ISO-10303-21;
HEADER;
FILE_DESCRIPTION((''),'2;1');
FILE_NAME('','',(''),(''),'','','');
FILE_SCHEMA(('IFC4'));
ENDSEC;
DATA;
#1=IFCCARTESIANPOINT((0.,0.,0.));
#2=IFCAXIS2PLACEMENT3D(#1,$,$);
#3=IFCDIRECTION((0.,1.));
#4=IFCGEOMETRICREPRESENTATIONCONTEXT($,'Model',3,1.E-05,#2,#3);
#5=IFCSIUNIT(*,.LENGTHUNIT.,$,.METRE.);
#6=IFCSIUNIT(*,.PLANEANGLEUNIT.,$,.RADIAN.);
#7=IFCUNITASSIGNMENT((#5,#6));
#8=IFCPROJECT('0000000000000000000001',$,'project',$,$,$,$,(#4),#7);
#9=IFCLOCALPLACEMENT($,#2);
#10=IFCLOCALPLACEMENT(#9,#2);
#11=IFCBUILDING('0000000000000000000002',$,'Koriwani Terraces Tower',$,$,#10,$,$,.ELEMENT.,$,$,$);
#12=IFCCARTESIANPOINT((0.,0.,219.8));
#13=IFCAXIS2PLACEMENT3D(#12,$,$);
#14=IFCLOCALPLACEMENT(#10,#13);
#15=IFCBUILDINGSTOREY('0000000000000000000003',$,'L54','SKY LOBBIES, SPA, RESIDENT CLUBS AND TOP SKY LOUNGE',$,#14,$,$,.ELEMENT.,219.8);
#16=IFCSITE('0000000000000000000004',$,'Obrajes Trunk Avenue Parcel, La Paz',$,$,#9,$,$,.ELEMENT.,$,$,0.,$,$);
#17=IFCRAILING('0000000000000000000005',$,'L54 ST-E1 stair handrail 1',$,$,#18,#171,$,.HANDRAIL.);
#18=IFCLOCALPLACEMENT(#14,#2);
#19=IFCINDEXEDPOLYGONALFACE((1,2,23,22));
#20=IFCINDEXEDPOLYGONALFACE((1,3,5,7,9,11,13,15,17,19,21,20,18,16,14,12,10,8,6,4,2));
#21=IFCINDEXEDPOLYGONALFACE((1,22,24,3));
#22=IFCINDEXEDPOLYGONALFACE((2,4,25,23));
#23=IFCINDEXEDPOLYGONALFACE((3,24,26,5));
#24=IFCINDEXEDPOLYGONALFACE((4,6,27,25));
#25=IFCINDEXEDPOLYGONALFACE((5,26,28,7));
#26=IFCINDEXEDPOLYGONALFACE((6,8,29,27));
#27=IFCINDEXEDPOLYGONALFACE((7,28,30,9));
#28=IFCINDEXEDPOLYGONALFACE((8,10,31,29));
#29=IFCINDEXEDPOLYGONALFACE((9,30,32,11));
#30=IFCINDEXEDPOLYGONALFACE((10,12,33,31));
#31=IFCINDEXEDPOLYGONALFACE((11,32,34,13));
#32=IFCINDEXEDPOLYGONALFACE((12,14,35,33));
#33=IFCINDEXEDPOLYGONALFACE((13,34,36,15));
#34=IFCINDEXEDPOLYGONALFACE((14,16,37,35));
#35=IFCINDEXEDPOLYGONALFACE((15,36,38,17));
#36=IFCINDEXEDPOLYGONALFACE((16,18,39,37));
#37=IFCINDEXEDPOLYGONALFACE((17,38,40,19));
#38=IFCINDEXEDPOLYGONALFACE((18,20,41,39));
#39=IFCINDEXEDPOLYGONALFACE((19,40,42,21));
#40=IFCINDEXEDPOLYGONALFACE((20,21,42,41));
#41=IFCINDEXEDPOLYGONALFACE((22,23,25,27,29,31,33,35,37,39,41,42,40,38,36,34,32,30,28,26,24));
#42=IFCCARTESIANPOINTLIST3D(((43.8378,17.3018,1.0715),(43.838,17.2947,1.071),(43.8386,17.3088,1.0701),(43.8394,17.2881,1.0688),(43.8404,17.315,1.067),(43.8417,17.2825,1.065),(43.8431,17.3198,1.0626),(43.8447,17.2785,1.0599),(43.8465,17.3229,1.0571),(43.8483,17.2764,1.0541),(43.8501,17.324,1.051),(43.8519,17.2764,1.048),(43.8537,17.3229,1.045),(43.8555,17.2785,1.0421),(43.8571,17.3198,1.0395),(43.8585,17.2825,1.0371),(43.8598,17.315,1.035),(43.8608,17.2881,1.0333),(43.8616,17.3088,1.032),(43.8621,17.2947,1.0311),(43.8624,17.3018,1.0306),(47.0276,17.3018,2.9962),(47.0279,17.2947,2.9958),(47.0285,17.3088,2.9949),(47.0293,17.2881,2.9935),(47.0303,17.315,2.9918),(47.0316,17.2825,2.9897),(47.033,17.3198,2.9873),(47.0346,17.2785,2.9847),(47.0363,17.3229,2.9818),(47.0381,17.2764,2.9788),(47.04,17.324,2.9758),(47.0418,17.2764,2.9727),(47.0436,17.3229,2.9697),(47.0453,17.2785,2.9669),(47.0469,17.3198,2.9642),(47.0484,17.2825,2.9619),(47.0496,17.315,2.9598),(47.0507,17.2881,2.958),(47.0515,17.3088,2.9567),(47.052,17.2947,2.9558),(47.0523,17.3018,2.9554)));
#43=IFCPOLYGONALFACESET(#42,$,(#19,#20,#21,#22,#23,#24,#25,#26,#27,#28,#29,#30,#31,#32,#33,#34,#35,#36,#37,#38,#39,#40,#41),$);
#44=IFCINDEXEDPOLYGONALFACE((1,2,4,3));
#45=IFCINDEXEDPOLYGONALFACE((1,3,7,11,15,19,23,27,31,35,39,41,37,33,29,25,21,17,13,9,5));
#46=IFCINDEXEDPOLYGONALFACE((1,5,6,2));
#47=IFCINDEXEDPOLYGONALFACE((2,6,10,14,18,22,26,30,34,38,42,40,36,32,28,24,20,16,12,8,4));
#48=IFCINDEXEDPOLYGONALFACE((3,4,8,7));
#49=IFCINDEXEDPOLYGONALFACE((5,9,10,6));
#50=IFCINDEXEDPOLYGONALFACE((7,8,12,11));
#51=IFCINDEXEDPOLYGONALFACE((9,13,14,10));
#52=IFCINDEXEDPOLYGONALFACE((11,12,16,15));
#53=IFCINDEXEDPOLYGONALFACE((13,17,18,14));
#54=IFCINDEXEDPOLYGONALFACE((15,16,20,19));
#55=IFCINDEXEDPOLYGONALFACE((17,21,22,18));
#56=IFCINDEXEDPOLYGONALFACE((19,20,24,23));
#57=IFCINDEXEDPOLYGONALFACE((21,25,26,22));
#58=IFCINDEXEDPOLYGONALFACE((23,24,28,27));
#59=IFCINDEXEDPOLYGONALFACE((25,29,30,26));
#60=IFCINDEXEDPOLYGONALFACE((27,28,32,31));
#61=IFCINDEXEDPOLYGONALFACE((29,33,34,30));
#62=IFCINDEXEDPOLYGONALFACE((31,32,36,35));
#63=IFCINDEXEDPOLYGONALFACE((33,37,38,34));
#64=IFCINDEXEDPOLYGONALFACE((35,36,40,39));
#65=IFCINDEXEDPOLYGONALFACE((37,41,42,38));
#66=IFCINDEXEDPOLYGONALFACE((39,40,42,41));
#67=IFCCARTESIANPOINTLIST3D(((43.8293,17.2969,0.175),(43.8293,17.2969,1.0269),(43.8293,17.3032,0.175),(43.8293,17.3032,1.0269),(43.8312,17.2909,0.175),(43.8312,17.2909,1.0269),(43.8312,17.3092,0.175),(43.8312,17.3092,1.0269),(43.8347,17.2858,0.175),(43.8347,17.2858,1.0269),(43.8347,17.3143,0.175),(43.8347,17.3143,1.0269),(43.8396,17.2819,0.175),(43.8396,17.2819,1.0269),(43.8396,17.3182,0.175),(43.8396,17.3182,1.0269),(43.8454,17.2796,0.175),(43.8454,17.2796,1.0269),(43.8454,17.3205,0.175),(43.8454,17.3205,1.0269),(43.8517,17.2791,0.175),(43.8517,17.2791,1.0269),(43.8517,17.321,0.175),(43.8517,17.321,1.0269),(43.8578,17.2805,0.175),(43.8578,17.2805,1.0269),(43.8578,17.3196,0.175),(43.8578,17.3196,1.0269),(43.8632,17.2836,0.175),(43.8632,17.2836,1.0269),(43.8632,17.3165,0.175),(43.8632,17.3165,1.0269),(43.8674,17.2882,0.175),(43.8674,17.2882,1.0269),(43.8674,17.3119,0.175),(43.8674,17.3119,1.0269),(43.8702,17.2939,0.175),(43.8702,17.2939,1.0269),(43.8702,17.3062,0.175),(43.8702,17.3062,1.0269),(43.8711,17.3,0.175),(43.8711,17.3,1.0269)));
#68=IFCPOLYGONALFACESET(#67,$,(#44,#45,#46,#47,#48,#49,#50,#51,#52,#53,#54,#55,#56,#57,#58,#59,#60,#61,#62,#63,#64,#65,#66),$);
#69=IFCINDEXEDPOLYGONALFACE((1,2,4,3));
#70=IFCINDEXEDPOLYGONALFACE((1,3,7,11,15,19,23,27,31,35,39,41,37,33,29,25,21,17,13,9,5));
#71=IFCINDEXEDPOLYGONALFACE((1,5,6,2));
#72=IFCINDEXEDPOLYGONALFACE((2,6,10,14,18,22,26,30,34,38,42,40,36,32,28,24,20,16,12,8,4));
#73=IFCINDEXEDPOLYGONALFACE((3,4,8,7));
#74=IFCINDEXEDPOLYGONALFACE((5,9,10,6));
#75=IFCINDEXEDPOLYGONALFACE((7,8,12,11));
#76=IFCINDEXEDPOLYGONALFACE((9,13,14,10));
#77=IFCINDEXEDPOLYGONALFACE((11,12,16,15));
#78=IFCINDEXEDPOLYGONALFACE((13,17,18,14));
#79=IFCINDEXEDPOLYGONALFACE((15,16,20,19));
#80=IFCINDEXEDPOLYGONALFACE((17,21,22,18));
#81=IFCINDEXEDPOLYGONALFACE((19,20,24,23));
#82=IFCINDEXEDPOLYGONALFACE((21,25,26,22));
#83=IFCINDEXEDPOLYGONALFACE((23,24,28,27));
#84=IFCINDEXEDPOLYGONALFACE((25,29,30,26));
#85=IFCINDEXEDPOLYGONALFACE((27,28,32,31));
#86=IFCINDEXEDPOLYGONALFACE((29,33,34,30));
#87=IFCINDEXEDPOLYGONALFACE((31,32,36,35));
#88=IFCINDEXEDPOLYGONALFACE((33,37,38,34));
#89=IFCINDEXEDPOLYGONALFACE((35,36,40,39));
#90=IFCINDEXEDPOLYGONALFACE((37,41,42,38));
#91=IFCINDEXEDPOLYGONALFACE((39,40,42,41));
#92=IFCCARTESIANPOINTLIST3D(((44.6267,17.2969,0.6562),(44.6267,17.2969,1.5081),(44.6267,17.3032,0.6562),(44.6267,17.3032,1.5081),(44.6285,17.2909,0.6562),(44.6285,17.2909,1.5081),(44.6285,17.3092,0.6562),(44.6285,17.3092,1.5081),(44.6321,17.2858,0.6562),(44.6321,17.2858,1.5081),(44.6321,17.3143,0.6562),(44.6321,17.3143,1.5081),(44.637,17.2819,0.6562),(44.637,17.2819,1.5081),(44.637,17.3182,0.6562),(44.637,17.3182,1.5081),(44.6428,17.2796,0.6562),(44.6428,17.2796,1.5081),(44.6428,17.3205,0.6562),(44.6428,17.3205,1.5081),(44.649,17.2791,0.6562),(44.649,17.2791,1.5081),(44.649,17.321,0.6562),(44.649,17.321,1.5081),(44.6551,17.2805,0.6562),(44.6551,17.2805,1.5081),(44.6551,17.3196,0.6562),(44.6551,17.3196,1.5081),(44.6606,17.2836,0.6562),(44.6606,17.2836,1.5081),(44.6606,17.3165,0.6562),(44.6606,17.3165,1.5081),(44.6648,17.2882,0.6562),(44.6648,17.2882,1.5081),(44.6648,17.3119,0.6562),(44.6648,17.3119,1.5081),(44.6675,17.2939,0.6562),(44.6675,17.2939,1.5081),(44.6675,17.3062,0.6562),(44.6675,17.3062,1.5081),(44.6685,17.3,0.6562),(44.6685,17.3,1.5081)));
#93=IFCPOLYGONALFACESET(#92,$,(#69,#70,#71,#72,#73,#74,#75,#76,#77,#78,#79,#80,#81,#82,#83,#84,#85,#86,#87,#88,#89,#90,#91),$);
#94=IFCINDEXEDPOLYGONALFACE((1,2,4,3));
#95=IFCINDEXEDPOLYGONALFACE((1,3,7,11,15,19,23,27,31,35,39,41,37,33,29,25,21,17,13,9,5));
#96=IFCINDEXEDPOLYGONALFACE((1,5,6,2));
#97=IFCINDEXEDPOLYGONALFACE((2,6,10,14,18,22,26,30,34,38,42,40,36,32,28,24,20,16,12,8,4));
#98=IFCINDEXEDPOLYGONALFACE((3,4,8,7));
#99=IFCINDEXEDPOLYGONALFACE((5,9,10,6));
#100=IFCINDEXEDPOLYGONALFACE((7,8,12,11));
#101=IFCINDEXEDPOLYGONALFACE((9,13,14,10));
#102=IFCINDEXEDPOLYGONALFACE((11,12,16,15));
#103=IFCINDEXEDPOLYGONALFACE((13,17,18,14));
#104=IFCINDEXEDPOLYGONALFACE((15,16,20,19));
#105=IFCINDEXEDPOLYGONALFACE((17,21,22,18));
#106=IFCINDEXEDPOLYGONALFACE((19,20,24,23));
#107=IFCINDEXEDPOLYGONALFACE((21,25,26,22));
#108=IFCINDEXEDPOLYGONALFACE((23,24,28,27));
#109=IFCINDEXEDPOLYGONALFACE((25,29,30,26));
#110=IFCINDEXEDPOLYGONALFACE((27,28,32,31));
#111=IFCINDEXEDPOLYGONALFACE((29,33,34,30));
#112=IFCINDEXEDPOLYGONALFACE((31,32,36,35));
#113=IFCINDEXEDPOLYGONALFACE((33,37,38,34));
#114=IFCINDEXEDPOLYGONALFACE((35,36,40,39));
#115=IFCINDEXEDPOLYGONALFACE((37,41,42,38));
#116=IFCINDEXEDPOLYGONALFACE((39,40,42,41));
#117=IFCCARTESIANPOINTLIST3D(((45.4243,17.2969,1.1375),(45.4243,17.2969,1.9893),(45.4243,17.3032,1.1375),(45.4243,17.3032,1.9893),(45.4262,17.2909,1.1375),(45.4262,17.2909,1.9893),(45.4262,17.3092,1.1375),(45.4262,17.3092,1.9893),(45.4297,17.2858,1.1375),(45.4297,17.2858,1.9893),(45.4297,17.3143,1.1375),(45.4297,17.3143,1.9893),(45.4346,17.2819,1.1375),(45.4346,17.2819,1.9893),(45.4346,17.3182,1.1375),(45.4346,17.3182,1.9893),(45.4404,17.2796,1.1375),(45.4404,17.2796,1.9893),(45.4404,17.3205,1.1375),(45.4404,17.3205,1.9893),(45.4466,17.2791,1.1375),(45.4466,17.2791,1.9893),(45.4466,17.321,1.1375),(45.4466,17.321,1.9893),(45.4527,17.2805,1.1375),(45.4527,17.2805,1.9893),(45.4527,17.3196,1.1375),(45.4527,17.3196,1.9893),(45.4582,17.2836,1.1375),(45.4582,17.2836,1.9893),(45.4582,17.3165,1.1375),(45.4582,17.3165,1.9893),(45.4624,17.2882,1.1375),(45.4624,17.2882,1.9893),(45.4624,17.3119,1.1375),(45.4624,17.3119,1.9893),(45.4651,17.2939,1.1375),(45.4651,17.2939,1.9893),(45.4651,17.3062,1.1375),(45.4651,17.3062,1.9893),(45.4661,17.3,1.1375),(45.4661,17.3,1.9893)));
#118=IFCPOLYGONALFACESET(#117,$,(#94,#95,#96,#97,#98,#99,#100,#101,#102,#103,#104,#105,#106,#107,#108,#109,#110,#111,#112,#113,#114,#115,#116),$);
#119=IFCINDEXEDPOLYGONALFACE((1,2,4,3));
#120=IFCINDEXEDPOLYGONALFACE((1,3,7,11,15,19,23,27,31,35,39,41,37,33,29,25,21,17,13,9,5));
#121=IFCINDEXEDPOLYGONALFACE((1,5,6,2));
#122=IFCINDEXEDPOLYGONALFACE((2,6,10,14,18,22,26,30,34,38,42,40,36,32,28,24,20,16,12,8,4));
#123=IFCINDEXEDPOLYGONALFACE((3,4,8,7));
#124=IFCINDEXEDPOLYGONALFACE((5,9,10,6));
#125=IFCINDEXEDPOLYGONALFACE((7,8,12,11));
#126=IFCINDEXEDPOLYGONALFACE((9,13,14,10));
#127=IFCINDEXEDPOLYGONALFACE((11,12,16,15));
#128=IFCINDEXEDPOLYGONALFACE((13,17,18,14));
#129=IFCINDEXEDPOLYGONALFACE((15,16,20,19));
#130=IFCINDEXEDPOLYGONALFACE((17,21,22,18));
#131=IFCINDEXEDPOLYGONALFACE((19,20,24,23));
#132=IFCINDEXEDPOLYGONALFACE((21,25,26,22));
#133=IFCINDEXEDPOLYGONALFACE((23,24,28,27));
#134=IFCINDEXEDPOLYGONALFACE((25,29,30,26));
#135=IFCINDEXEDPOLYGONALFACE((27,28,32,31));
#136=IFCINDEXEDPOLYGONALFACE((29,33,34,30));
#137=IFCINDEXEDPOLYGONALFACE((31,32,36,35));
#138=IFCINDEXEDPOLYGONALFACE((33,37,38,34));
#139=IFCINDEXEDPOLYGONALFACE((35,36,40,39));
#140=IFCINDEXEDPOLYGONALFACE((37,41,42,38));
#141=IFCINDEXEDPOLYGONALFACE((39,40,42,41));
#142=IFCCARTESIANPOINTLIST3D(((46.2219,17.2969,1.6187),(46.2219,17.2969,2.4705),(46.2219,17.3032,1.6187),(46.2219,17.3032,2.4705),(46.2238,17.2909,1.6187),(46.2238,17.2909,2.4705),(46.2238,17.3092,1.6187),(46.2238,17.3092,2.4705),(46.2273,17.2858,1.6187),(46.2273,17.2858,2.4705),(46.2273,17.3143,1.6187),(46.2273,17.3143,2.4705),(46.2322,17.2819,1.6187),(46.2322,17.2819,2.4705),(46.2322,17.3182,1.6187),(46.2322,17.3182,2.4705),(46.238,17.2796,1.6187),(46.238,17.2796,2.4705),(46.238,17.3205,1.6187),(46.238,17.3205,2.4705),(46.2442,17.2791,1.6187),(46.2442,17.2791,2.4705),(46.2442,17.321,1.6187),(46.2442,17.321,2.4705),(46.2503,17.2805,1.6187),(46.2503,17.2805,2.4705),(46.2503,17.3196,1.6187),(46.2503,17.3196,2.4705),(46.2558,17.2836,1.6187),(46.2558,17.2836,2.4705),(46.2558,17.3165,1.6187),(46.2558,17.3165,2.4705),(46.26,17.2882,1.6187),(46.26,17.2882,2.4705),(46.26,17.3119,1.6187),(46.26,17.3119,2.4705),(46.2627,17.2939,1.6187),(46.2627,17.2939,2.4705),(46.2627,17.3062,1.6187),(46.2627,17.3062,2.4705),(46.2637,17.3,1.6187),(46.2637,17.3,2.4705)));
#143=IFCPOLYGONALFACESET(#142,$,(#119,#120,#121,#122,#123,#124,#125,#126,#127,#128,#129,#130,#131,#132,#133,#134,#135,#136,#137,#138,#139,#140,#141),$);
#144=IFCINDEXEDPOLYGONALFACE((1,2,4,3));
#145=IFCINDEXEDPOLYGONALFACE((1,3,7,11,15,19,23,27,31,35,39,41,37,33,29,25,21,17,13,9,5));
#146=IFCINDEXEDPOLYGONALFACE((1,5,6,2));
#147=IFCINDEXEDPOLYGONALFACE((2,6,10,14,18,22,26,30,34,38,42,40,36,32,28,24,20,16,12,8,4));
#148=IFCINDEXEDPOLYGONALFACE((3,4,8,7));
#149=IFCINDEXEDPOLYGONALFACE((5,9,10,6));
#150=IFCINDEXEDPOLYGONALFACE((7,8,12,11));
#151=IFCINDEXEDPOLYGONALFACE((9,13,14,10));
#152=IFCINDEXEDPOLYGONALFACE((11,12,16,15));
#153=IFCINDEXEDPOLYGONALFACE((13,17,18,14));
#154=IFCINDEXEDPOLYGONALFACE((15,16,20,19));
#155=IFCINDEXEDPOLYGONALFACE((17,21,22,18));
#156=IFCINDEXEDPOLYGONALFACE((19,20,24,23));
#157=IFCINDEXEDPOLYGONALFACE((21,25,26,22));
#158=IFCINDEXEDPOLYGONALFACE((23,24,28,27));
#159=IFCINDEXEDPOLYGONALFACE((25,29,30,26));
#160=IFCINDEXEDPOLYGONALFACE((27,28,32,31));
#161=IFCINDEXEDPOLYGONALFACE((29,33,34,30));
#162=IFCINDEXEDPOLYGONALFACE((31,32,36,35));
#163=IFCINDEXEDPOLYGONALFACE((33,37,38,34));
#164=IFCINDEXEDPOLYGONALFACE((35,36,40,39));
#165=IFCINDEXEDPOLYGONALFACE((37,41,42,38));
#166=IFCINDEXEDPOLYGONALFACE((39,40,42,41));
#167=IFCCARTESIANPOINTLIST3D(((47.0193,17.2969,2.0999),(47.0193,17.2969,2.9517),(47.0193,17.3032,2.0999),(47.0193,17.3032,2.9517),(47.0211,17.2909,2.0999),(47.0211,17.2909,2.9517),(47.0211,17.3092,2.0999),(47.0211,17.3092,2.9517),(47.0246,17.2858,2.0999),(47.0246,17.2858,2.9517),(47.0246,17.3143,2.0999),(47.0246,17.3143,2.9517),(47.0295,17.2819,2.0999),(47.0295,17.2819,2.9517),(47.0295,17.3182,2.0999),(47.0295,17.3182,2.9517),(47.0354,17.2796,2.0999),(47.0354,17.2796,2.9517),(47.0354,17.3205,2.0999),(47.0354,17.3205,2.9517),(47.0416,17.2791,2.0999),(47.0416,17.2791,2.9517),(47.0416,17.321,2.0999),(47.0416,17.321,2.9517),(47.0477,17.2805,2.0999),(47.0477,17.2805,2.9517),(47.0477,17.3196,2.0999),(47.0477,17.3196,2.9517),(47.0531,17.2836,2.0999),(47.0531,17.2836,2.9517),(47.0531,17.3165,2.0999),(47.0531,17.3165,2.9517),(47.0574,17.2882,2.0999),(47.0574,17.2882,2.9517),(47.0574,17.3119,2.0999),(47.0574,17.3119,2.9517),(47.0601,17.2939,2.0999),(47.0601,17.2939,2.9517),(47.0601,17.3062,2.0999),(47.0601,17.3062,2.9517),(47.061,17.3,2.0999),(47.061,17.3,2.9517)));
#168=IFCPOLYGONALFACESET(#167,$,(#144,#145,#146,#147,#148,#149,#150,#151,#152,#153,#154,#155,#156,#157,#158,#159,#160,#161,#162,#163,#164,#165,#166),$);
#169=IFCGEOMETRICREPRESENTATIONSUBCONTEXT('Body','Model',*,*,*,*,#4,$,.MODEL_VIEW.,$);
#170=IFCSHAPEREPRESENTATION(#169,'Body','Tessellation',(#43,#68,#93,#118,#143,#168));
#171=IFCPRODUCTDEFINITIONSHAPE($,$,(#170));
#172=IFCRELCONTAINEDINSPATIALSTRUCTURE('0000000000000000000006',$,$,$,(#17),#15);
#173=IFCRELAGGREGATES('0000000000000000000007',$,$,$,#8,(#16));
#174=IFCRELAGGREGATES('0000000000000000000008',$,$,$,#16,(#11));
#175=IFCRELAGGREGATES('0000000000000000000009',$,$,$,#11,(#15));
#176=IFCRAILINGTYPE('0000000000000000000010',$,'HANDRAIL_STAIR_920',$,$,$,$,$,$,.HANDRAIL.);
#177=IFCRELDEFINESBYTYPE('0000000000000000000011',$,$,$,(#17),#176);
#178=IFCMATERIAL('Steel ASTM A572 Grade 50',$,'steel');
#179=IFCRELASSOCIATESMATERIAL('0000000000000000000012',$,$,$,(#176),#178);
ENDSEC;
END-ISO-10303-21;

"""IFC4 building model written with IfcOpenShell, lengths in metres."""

from ifc_helpers import new_model, si_unit, direction, frame, origin, origin_2d, place, context, subcontext, project, spatial, circle, extrude, material, type_object, element, save


model = new_model("IFC4")

# Units and contexts
model_context = context("Model", 3, precision=1e-05, world=origin(), true_north=direction((0.0, 1.0)))
body_context = subcontext(model_context, "Body", "Model", "MODEL_VIEW")
ifc_project = project(units=[si_unit("LENGTHUNIT", "METRE"), si_unit("PLANEANGLEUNIT", "RADIAN")], contexts=[model_context])

# Site, building, storey
site_placement = place(None, origin())
site = spatial("IfcSite", under=ifc_project, at=site_placement, Name="Obrajes Trunk Avenue Parcel, La Paz", CompositionType="ELEMENT", RefElevation=0.0)
building_placement = place(site_placement, origin())
building = spatial("IfcBuilding", under=site, at=building_placement, Name="Koriwani Terraces Tower", CompositionType="ELEMENT")
storey_placement = place(building_placement, frame((0.0, 0.0, 219.8)))
storey = spatial("IfcBuildingStorey", under=building, at=storey_placement, Name="L54", Description="SKY LOBBIES, SPA, RESIDENT CLUBS AND TOP SKY LOUNGE", CompositionType="ELEMENT", Elevation=219.8)

# Shared definitions
ifc_material_1 = material(Name="Steel ASTM A572 Grade 50", Category="steel")

# Railing
railing_type_1 = type_object("IfcRailingType", Name="HANDRAIL_STAIR_920", PredefinedType="HANDRAIL", material=ifc_material_1)
railing_1_placement = place(storey_placement, frame((43.8501, 17.3, 0.175)))
element("IfcRailing", 1, at=railing_1_placement, inside=storey, type_object=railing_type_1, Name="L54 ST-E1 stair handrail 1", PredefinedType="HANDRAIL", context=body_context, shape_type="SweptSolid", body=[
    extrude(circle(Radius=0.0239, at=origin_2d()), frame((0.0, 0.0, 0.876), z_axis=(0.856207, 0.0, 0.516633), x_axis=(0.0, 1.0, 0.0)), (0.0, 0.0, 1.0), 3.7256),
    extrude(circle(Radius=0.021, at=origin_2d()), origin(), (0.0, 0.0, 1.0), 0.8518),
    extrude(circle(Radius=0.021, at=origin_2d()), frame((0.7974, 0.0, 0.4812)), (0.0, 0.0, 1.0), 0.8518),
    extrude(circle(Radius=0.021, at=origin_2d()), frame((1.595, 0.0, 0.9624)), (0.0, 0.0, 1.0), 0.8518),
    extrude(circle(Radius=0.021, at=origin_2d()), frame((2.3926, 0.0, 1.4436)), (0.0, 0.0, 1.0), 0.8518),
    extrude(circle(Radius=0.021, at=origin_2d()), frame((3.1899, 0.0, 1.9248)), (0.0, 0.0, 1.0), 0.8518),
])

save(model, "model.ifc")
